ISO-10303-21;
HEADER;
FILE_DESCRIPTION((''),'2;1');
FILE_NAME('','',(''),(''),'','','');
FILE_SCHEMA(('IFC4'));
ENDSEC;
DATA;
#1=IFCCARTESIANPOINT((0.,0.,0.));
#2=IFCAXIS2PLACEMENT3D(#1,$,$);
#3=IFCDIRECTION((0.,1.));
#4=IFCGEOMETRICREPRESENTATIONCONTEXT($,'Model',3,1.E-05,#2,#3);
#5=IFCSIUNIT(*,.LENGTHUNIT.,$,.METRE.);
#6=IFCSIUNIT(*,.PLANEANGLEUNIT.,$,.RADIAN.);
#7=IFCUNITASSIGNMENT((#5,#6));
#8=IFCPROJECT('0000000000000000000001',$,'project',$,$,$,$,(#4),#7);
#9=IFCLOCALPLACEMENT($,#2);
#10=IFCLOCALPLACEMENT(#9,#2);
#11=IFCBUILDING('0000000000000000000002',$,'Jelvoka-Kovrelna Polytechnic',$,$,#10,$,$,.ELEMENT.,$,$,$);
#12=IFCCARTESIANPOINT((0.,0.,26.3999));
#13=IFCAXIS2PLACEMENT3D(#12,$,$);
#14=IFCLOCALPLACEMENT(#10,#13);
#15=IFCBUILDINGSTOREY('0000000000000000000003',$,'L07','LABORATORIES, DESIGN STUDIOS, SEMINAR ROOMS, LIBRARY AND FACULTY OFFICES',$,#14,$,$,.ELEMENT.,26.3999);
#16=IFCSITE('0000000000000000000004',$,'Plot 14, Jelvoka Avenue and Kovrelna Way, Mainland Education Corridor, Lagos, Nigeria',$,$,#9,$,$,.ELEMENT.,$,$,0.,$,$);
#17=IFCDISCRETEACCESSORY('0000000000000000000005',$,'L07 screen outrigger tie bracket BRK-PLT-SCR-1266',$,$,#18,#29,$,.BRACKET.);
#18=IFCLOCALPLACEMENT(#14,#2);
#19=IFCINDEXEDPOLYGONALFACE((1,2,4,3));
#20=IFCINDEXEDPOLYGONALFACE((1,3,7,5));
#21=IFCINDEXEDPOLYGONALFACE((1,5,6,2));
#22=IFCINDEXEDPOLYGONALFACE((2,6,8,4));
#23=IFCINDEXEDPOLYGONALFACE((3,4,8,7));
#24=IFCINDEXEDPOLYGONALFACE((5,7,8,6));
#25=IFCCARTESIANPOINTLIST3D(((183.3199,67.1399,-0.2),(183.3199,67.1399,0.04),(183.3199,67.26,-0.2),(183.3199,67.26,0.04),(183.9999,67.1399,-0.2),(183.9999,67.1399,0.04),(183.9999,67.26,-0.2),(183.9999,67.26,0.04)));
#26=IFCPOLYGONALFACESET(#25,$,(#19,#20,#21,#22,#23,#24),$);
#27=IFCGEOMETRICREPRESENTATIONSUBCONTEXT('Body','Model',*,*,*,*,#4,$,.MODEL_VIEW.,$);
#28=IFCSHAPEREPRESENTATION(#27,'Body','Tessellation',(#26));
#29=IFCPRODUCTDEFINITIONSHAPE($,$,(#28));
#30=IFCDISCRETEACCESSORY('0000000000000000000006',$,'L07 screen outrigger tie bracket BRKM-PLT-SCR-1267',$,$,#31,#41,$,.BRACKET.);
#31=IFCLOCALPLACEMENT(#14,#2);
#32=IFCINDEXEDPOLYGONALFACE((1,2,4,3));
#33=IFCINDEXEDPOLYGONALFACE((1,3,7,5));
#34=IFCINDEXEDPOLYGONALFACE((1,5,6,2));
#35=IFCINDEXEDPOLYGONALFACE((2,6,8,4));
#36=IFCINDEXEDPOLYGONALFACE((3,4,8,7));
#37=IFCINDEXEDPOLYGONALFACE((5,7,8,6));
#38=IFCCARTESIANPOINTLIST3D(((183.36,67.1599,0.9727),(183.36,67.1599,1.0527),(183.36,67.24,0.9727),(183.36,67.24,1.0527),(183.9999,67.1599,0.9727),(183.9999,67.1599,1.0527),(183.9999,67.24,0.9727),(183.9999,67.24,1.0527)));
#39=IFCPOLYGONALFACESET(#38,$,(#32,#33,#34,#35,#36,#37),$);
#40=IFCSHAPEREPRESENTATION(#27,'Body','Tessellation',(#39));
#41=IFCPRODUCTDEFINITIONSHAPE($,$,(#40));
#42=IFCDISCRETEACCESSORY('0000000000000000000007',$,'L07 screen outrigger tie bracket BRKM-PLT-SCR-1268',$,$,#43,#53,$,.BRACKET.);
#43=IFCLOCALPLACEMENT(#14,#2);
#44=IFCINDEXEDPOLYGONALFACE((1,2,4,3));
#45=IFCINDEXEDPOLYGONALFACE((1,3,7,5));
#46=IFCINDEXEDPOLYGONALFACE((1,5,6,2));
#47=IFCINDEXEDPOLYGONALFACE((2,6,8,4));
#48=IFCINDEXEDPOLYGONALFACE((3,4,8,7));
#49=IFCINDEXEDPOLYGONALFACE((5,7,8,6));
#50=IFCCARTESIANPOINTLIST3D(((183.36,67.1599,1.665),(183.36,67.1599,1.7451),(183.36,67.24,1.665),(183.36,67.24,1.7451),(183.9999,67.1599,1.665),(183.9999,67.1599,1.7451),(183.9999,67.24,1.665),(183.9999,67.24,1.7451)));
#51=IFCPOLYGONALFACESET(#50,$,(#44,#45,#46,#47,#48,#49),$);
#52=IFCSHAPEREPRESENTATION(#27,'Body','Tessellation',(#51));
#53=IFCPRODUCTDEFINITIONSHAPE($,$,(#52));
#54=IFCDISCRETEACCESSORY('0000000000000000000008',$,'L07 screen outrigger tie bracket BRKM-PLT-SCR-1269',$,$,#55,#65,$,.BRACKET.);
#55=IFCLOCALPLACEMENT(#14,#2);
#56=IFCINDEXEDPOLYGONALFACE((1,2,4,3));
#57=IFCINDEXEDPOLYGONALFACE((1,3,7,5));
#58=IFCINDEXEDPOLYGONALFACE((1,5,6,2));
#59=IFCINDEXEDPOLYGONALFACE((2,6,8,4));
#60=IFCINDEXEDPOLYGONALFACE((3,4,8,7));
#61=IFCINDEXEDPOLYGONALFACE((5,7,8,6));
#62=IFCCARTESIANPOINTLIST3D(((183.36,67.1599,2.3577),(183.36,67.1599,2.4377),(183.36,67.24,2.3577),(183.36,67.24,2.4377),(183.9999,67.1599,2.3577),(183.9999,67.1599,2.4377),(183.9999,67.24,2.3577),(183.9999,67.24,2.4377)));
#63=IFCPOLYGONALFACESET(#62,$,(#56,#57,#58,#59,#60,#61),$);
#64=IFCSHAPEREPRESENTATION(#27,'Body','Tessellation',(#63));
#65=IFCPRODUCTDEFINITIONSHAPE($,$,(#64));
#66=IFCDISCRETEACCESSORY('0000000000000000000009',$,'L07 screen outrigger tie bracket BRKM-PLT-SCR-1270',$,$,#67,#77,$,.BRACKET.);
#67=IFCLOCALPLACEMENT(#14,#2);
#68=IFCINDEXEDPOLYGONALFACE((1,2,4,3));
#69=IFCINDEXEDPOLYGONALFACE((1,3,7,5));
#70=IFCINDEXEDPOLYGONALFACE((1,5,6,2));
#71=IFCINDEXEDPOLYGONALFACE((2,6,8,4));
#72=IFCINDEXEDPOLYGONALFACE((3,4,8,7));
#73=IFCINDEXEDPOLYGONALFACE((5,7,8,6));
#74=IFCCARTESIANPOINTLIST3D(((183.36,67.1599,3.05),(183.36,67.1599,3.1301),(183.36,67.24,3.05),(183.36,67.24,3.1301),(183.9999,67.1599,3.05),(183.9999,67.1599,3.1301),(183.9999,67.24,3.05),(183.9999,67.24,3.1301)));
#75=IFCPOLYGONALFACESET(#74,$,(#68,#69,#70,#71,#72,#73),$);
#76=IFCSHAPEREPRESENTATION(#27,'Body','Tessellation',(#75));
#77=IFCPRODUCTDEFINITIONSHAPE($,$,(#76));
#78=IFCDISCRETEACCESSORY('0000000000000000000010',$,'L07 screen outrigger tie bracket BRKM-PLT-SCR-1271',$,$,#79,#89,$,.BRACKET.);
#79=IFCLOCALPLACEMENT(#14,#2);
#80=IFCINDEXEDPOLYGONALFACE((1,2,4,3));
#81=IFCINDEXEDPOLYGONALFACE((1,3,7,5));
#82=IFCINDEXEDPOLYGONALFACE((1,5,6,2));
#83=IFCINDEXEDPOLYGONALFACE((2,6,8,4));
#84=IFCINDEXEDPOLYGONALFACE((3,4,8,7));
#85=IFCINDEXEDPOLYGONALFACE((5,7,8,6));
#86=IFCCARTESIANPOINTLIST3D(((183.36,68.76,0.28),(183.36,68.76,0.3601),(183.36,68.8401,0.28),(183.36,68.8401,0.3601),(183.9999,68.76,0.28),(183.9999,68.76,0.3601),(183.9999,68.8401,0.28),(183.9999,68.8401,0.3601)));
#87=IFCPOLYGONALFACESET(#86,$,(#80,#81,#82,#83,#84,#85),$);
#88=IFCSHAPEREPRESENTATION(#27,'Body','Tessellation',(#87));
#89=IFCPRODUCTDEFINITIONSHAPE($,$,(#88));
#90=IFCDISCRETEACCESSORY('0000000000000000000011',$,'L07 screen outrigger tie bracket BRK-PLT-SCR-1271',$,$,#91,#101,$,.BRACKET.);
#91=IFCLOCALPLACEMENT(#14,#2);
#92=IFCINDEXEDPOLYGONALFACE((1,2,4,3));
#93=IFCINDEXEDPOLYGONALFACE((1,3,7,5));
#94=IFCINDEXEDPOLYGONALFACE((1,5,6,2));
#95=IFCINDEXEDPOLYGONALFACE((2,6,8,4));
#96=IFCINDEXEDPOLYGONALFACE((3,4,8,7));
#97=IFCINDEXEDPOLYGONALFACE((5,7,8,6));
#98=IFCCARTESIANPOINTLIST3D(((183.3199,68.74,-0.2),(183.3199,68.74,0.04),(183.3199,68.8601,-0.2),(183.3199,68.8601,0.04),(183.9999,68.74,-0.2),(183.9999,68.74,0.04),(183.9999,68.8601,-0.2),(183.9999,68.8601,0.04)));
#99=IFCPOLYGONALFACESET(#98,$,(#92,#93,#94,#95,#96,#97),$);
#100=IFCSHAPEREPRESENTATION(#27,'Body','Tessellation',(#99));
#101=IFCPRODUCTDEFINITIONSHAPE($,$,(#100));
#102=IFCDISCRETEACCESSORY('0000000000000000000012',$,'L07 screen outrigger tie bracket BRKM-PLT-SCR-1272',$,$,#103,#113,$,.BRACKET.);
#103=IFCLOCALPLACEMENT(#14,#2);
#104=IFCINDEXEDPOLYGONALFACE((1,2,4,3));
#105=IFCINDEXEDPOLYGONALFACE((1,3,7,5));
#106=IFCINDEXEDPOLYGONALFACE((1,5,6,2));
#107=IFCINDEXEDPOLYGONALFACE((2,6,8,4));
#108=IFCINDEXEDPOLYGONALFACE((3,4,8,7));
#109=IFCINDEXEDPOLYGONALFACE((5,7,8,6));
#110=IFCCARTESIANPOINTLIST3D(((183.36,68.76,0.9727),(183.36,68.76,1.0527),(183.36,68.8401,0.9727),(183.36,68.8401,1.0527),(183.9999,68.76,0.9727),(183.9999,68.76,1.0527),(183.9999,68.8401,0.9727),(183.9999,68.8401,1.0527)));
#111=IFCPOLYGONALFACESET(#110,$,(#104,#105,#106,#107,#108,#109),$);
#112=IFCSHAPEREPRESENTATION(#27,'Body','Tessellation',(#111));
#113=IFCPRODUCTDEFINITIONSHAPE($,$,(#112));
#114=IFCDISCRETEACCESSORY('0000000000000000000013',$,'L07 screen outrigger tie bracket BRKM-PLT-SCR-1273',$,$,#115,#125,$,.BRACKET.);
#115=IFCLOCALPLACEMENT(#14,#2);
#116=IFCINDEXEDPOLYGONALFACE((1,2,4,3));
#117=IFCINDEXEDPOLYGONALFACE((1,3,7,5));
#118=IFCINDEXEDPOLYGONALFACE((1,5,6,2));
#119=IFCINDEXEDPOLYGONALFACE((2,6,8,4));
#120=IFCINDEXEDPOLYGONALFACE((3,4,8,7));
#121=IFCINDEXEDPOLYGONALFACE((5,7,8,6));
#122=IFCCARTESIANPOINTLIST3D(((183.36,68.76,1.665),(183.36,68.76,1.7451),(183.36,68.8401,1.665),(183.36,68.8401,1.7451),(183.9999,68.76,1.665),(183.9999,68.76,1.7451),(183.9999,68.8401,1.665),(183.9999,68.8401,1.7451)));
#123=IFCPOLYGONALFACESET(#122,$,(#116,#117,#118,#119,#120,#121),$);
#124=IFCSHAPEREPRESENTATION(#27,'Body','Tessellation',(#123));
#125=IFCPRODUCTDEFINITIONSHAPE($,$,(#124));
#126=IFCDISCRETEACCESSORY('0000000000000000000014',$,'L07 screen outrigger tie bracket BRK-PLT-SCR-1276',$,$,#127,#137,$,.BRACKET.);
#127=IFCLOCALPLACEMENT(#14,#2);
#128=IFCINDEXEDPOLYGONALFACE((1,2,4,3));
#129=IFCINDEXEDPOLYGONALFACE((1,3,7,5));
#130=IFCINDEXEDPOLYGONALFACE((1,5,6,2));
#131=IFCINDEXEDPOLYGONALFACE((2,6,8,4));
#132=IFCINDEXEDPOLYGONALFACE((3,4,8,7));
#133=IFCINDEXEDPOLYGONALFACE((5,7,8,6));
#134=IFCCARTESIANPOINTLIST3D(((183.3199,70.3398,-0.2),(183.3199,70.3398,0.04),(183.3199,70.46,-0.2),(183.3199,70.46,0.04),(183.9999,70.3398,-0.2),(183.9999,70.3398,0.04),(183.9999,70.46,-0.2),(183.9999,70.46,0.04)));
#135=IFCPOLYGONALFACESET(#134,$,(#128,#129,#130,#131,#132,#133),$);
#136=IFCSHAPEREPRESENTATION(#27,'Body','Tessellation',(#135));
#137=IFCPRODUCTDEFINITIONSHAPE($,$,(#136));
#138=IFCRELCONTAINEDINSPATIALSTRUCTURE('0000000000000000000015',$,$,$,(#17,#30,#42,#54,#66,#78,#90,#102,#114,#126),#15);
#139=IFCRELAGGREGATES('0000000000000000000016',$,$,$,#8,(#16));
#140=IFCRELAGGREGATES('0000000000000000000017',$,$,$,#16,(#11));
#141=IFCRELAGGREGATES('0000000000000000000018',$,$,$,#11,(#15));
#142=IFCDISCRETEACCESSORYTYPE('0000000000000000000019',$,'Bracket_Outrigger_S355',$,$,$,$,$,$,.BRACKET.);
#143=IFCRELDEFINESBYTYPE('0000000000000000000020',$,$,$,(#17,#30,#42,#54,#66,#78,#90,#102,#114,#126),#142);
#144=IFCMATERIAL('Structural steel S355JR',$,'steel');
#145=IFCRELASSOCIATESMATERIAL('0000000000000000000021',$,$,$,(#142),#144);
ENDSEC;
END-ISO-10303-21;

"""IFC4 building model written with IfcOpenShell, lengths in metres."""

from ifc_helpers import new_model, si_unit, direction, frame, origin, origin_2d, place, context, subcontext, project, spatial, rectangle, extrude, material, type_object, element, save


model = new_model("IFC4")

# Units and contexts
model_context = context("Model", 3, precision=1e-05, world=origin(), true_north=direction((0.0, 1.0)))
body_context = subcontext(model_context, "Body", "Model", "MODEL_VIEW")
ifc_project = project(units=[si_unit("LENGTHUNIT", "METRE"), si_unit("PLANEANGLEUNIT", "RADIAN")], contexts=[model_context])

# Site, building, storey
site_placement = place(None, origin())
site = spatial("IfcSite", under=ifc_project, at=site_placement, Name="Plot 14, Jelvoka Avenue and Kovrelna Way, Mainland Education Corridor, Lagos, Nigeria", CompositionType="ELEMENT", RefElevation=0.0)
building_placement = place(site_placement, origin())
building = spatial("IfcBuilding", under=site, at=building_placement, Name="Jelvoka-Kovrelna Polytechnic", CompositionType="ELEMENT")
storey_placement = place(building_placement, frame((0.0, 0.0, 26.3999)))
storey = spatial("IfcBuildingStorey", under=building, at=storey_placement, Name="L07", Description="LABORATORIES, DESIGN STUDIOS, SEMINAR ROOMS, LIBRARY AND FACULTY OFFICES", CompositionType="ELEMENT", Elevation=26.3999)

# Discrete accessories
ifc_material_1 = material(Name="Structural steel S355JR", Category="steel")
discrete_accessory_type = type_object("IfcDiscreteAccessoryType", Name="Bracket_Outrigger_S355", PredefinedType="BRACKET", material=ifc_material_1)
discrete_accessory_1_placement = place(storey_placement, frame((183.6599, 67.2, -0.2), z_axis=(0.0, 0.0, 1.0), x_axis=(1.0, 0.0, 0.0)))
element("IfcDiscreteAccessory", 1, at=discrete_accessory_1_placement, inside=storey, type_object=discrete_accessory_type, Name="L07 screen outrigger tie bracket BRK-PLT-SCR-1266", PredefinedType="BRACKET", context=body_context, shape_type="SweptSolid", body=[
    extrude(rectangle(XDim=0.6799, YDim=0.1201, at=origin_2d()), origin(), (0.0, 0.0, 1.0), 0.24),
])
for number, where, z_axis, x_axis, name in (
    (2, (183.6799, 67.2, 0.9727), (0.0, 0.0, 1.0), (1.0, 0.0, 0.0), "L07 screen outrigger tie bracket BRKM-PLT-SCR-1267"),
    (3, (183.6799, 67.2, 1.665), (0.0, 0.0, 1.0), (1.0, 0.0, 0.0), "L07 screen outrigger tie bracket BRKM-PLT-SCR-1268"),
    (4, (183.6799, 67.2, 2.3577), (0.0, 0.0, 1.0), (1.0, 0.0, 0.0), "L07 screen outrigger tie bracket BRKM-PLT-SCR-1269"),
    (5, (183.6799, 67.2, 3.05), (0.0, 0.0, 1.0), (1.0, 0.0, 0.0), "L07 screen outrigger tie bracket BRKM-PLT-SCR-1270"),
    (6, (183.6799, 68.8, 0.28), (0.0, 0.0, 1.0), (1.0, 0.0, 0.0), "L07 screen outrigger tie bracket BRKM-PLT-SCR-1271"),
):
    element("IfcDiscreteAccessory", number, at=place(storey_placement, frame(where, z_axis=z_axis, x_axis=x_axis)), inside=storey, type_object=discrete_accessory_type, Name=name, PredefinedType="BRACKET", context=body_context, shape_type="SweptSolid", body=[
        extrude(rectangle(XDim=0.6399, YDim=0.0801, at=origin_2d()), origin(), (0.0, 0.0, 1.0), 0.0801),
    ])
discrete_accessory_2_placement = place(storey_placement, frame((183.6599, 68.8, -0.2), z_axis=(0.0, 0.0, 1.0), x_axis=(1.0, 0.0, 0.0)))
element("IfcDiscreteAccessory", 7, at=discrete_accessory_2_placement, inside=storey, type_object=discrete_accessory_type, Name="L07 screen outrigger tie bracket BRK-PLT-SCR-1271", PredefinedType="BRACKET", context=body_context, shape_type="SweptSolid", body=[
    extrude(rectangle(XDim=0.6799, YDim=0.1201, at=origin_2d()), origin(), (0.0, 0.0, 1.0), 0.24),
])
for number, where, z_axis, x_axis, name in (
    (8, (183.6799, 68.8, 0.9727), (0.0, 0.0, 1.0), (1.0, 0.0, 0.0), "L07 screen outrigger tie bracket BRKM-PLT-SCR-1272"),
    (9, (183.6799, 68.8, 1.665), (0.0, 0.0, 1.0), (1.0, 0.0, 0.0), "L07 screen outrigger tie bracket BRKM-PLT-SCR-1273"),
):
    element("IfcDiscreteAccessory", number, at=place(storey_placement, frame(where, z_axis=z_axis, x_axis=x_axis)), inside=storey, type_object=discrete_accessory_type, Name=name, PredefinedType="BRACKET", context=body_context, shape_type="SweptSolid", body=[
        extrude(rectangle(XDim=0.6399, YDim=0.0801, at=origin_2d()), origin(), (0.0, 0.0, 1.0), 0.0801),
    ])
discrete_accessory_3_placement = place(storey_placement, frame((183.6599, 70.3999, -0.2), z_axis=(0.0, 0.0, 1.0), x_axis=(1.0, 0.0, 0.0)))
element("IfcDiscreteAccessory", 10, at=discrete_accessory_3_placement, inside=storey, type_object=discrete_accessory_type, Name="L07 screen outrigger tie bracket BRK-PLT-SCR-1276", PredefinedType="BRACKET", context=body_context, shape_type="SweptSolid", body=[
    extrude(rectangle(XDim=0.6799, YDim=0.1201, at=origin_2d()), origin(), (0.0, 0.0, 1.0), 0.24),
])

save(model, "model.ifc")
